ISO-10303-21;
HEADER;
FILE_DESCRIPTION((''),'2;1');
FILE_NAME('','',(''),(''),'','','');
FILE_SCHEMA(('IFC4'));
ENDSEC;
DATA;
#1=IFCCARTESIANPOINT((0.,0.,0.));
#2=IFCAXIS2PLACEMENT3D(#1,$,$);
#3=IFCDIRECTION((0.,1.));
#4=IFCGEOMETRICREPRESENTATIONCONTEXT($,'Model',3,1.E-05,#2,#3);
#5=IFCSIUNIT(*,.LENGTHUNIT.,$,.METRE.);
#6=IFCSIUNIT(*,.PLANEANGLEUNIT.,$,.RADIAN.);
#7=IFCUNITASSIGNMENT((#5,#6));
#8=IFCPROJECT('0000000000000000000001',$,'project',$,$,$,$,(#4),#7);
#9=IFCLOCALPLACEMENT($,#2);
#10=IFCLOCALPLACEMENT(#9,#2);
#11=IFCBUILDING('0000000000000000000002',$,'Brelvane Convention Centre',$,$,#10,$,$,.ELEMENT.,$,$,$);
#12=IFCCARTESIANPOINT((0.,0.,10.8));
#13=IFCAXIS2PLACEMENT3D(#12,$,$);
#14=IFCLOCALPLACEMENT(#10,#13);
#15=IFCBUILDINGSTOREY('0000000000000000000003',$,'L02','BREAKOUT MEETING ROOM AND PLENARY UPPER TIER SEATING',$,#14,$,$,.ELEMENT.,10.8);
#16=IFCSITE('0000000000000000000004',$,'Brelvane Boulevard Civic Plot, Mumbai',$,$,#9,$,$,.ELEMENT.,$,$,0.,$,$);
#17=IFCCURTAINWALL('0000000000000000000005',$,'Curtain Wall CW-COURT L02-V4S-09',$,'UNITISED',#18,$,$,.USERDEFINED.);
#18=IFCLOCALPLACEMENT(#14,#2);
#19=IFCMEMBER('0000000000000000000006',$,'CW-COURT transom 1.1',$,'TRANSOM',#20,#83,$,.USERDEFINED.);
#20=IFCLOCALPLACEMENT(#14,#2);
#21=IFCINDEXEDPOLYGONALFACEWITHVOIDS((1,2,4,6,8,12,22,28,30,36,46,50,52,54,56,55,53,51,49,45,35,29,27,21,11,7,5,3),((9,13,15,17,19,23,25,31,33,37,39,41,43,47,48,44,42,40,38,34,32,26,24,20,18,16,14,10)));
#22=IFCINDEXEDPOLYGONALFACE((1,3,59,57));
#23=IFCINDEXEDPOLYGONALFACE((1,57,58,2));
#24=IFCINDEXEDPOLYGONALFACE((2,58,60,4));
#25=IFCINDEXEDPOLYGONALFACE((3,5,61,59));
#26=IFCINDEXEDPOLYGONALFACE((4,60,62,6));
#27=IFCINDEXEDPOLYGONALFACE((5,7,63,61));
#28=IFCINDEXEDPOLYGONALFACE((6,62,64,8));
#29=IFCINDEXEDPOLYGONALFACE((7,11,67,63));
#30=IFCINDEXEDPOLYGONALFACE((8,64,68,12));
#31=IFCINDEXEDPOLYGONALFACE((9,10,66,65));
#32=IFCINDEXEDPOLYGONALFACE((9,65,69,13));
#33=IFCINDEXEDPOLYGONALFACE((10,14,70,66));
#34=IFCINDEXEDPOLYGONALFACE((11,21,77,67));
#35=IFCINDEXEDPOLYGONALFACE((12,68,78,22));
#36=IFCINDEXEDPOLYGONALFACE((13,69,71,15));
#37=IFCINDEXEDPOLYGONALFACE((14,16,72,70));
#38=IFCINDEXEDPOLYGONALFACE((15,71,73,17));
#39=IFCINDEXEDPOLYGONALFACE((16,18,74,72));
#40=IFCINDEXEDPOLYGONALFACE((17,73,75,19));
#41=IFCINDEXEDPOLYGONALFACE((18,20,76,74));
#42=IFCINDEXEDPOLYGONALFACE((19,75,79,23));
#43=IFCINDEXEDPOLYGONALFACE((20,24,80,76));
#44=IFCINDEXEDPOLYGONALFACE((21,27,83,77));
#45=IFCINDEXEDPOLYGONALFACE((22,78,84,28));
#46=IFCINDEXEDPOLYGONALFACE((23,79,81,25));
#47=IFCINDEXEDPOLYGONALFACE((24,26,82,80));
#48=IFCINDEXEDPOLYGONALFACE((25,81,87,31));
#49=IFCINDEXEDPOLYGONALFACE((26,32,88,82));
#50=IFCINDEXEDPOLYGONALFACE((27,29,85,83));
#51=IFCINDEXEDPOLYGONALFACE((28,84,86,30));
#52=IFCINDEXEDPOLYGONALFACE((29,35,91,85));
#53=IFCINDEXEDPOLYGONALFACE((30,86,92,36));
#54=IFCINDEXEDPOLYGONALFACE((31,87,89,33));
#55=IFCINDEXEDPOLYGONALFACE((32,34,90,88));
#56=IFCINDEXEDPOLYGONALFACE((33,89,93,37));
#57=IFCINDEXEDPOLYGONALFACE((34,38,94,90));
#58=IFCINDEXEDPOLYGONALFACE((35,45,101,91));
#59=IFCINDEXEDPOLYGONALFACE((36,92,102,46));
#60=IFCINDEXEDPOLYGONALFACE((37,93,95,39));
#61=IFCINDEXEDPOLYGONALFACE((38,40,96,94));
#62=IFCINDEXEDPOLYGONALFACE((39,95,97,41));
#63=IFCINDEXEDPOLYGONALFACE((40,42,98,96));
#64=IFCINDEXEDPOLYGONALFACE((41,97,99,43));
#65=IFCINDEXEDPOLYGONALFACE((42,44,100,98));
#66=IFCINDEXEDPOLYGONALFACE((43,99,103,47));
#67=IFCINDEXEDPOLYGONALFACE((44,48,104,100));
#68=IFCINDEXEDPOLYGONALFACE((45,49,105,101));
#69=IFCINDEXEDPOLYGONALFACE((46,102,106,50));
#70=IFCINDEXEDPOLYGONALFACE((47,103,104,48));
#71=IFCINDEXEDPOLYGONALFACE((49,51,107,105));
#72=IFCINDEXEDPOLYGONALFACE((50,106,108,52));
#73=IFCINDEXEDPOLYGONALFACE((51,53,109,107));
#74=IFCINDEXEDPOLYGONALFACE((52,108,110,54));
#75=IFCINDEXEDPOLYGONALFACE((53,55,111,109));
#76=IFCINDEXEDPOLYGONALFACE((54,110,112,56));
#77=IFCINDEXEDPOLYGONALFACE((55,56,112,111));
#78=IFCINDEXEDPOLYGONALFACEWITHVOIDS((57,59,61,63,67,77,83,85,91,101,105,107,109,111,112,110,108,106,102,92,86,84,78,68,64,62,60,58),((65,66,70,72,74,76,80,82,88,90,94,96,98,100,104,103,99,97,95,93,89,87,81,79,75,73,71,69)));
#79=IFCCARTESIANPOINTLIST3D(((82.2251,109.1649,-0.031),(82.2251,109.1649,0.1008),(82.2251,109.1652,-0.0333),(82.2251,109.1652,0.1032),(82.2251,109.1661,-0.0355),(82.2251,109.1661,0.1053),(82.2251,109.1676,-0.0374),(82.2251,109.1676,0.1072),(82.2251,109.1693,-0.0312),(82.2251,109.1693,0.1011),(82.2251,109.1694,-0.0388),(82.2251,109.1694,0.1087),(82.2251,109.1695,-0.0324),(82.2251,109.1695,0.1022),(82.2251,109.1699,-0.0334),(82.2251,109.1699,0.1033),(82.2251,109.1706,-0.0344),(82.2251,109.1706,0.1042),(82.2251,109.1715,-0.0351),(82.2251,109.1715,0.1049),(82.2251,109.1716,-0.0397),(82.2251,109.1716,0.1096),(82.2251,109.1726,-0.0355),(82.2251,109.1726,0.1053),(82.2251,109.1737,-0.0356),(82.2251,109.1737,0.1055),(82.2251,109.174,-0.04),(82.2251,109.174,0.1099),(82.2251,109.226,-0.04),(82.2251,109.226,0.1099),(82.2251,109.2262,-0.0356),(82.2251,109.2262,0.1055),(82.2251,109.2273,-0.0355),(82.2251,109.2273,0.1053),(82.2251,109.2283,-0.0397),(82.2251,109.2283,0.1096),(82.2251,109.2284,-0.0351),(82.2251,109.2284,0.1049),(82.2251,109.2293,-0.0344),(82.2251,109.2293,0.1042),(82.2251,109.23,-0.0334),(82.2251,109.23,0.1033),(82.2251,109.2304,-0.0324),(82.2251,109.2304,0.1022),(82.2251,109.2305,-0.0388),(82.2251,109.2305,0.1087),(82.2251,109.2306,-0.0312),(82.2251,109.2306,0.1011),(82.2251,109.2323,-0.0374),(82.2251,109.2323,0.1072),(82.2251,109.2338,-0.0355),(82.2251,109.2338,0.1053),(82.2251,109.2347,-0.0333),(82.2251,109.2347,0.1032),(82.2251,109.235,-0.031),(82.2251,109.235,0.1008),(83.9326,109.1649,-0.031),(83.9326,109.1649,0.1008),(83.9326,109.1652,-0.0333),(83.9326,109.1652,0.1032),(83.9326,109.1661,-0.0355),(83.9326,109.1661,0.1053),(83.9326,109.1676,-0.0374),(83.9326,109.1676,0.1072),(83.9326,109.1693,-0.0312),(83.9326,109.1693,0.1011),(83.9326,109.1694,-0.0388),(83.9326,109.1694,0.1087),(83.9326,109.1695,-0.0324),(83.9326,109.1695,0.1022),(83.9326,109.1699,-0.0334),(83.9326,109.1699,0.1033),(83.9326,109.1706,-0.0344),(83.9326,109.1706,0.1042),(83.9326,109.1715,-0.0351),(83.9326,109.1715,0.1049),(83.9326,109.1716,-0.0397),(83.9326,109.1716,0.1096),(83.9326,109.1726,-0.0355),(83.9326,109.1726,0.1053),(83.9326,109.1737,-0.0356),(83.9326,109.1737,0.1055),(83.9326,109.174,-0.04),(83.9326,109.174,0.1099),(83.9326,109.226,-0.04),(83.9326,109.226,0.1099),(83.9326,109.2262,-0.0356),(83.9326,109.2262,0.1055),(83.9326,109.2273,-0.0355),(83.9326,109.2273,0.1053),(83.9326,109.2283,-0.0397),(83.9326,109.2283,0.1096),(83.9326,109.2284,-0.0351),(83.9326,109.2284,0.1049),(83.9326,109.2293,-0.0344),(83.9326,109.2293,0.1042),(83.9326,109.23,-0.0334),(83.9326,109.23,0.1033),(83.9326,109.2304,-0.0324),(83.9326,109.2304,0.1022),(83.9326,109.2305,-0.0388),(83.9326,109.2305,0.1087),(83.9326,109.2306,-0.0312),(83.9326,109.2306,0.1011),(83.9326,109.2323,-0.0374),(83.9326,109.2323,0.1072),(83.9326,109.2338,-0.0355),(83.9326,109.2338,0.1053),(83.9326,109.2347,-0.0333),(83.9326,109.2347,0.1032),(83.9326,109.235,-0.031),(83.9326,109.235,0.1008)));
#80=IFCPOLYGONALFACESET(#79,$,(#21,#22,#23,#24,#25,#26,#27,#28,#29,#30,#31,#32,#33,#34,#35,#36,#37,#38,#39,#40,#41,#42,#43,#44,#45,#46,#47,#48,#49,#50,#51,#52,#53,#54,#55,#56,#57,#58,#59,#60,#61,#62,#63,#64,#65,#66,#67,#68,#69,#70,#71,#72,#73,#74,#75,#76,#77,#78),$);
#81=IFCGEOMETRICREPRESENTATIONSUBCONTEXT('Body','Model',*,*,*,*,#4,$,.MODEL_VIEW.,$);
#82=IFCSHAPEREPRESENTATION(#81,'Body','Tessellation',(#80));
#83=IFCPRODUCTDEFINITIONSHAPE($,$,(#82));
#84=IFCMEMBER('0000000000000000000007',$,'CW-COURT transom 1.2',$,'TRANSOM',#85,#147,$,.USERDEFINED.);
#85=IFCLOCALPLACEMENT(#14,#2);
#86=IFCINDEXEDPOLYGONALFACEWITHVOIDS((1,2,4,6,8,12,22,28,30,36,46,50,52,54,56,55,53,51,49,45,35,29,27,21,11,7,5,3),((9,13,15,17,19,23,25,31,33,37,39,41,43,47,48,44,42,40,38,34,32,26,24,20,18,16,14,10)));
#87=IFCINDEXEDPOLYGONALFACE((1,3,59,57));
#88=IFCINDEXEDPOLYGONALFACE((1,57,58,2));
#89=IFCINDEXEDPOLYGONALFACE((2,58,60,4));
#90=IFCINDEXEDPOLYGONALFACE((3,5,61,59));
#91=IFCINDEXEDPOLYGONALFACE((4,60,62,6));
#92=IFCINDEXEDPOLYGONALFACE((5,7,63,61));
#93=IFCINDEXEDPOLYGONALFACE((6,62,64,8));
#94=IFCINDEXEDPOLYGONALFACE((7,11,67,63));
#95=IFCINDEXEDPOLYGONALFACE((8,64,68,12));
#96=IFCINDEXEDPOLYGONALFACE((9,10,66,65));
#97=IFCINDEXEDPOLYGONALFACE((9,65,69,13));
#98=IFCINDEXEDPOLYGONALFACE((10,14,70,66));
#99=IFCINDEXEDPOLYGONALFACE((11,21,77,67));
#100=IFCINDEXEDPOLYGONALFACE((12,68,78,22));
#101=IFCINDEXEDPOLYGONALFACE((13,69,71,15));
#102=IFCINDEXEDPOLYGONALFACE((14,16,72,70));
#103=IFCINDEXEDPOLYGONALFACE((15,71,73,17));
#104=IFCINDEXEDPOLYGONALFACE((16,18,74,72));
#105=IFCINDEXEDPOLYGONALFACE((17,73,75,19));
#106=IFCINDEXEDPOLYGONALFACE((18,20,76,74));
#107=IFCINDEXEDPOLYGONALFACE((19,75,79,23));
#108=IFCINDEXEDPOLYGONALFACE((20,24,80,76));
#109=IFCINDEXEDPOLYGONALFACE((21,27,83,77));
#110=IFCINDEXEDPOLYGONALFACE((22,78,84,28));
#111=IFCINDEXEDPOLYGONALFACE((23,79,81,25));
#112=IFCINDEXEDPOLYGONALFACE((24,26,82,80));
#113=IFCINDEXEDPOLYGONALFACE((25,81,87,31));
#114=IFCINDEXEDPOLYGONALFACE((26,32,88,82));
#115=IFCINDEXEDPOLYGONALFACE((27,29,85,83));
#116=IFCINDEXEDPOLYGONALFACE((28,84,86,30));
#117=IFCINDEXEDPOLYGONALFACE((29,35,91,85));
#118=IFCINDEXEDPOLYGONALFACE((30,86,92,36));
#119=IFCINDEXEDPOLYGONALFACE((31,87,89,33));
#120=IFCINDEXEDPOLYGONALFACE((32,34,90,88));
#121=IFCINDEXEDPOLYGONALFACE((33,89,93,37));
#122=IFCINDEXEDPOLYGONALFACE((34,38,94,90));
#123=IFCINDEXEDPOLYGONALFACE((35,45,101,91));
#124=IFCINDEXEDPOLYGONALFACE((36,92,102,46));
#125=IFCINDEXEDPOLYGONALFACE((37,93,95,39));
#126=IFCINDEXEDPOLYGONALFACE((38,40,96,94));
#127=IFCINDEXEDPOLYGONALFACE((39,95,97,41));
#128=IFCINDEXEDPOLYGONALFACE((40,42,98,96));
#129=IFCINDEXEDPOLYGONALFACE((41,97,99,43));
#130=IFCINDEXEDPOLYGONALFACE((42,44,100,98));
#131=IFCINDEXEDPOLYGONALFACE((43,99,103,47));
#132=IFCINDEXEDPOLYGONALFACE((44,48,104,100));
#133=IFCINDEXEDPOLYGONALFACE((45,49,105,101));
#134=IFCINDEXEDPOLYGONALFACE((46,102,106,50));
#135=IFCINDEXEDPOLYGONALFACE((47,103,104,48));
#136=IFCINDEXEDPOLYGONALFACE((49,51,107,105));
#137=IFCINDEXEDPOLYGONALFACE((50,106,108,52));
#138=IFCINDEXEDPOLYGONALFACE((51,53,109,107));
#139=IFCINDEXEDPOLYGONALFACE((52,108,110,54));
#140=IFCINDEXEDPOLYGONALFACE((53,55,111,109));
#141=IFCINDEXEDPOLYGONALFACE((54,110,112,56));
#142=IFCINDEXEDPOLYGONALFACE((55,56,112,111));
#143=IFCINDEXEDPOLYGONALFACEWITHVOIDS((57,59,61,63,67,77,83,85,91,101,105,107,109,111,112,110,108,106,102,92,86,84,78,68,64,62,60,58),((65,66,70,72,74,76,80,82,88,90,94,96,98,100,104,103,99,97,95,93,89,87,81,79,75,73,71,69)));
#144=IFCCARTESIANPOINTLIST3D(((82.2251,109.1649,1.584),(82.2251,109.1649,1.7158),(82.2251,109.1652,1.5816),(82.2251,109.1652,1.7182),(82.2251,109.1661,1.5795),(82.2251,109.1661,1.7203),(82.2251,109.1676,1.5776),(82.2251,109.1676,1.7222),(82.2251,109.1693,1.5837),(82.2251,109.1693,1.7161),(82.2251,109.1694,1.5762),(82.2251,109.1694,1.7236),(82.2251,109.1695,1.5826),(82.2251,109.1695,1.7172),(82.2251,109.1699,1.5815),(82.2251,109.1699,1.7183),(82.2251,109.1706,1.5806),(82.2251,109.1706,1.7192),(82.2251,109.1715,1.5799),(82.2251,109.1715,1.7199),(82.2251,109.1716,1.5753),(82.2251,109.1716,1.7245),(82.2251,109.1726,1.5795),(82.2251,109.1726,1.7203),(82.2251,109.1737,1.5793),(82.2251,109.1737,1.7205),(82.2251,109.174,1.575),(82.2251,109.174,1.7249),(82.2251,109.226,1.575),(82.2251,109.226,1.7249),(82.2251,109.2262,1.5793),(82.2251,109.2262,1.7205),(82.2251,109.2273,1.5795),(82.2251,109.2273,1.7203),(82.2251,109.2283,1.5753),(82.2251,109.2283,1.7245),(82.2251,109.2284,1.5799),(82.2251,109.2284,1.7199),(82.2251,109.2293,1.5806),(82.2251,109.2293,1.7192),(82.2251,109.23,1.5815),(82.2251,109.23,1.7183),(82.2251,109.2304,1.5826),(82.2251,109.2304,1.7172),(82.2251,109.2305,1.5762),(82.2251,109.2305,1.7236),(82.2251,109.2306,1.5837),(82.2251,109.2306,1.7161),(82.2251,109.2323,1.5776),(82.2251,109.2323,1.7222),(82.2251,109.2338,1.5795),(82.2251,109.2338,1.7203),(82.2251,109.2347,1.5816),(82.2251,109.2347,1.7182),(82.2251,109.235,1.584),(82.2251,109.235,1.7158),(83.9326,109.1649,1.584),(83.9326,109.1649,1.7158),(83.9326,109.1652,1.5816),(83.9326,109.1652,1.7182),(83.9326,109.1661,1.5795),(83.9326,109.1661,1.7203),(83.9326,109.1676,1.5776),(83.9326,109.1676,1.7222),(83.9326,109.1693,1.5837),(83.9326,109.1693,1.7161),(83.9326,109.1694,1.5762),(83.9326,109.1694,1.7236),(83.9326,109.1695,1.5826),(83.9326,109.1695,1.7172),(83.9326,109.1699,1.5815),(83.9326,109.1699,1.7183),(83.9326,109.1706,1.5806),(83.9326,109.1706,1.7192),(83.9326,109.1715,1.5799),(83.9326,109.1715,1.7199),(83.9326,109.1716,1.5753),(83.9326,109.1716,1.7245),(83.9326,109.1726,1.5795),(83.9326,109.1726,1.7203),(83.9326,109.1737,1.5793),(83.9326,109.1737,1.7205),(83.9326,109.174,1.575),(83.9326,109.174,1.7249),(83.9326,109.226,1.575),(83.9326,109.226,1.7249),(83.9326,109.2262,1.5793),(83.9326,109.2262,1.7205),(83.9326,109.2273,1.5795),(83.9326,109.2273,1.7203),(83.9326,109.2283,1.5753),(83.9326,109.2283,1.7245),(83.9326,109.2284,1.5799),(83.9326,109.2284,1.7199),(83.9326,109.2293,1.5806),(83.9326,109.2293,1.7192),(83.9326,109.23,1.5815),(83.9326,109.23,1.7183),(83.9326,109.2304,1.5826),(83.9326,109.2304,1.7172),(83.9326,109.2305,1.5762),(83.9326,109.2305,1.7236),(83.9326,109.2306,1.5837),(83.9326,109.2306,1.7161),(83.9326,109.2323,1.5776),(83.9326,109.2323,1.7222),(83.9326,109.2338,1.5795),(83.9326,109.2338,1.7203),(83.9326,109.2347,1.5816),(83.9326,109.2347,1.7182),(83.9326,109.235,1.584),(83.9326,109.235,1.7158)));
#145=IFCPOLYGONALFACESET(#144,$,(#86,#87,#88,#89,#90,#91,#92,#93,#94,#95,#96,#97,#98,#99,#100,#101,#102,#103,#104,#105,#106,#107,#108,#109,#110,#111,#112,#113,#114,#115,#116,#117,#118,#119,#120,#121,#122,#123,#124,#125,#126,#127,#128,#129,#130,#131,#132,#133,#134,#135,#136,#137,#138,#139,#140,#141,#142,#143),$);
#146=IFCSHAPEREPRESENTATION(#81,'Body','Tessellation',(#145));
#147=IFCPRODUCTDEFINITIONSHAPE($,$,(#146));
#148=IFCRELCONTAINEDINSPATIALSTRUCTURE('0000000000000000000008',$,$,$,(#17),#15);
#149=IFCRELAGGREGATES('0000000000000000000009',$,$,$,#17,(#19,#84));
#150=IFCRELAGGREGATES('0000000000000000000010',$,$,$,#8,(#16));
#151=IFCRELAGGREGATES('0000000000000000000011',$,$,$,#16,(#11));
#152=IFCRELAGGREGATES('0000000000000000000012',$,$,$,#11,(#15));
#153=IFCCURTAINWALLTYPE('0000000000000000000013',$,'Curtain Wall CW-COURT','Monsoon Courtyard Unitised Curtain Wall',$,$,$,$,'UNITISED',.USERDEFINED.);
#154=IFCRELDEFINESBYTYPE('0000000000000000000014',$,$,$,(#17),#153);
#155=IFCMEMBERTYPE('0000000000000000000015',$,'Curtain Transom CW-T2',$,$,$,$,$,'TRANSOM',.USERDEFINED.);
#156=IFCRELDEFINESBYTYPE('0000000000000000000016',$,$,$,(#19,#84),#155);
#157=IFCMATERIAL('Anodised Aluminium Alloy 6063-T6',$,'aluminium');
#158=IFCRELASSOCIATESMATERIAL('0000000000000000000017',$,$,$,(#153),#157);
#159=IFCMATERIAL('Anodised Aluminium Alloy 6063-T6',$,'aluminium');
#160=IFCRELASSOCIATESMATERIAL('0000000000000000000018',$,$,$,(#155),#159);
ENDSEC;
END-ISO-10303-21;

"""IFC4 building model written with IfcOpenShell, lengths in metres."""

from ifc_helpers import new_model, si_unit, direction, frame, origin, origin_2d, place, context, subcontext, project, spatial, hollow_rectangle, extrude, material, material_profile, profile_set, type_object, element, aggregate, save


model = new_model("IFC4")

# Units and contexts
model_context = context("Model", 3, precision=1e-05, world=origin(), true_north=direction((0.0, 1.0)))
body_context = subcontext(model_context, "Body", "Model", "MODEL_VIEW")
ifc_project = project(units=[si_unit("LENGTHUNIT", "METRE"), si_unit("PLANEANGLEUNIT", "RADIAN")], contexts=[model_context])

# Site, building, storey
site_placement = place(None, origin())
site = spatial("IfcSite", under=ifc_project, at=site_placement, Name="Brelvane Boulevard Civic Plot, Mumbai", CompositionType="ELEMENT", RefElevation=0.0)
building_placement = place(site_placement, origin())
building = spatial("IfcBuilding", under=site, at=building_placement, Name="Brelvane Convention Centre", CompositionType="ELEMENT")
storey_placement = place(building_placement, frame((0.0, 0.0, 10.8)))
storey = spatial("IfcBuildingStorey", under=building, at=storey_placement, Name="L02", Description="BREAKOUT MEETING ROOM AND PLENARY UPPER TIER SEATING", CompositionType="ELEMENT", Elevation=10.8)

# Curtain wall, members
ifc_material_1 = material(Name="Anodised Aluminium Alloy 6063-T6", Category="aluminium")
curtain_wall_type = type_object("IfcCurtainWallType", Name="Curtain Wall CW-COURT", Description="Monsoon Courtyard Unitised Curtain Wall", ElementType="UNITISED", PredefinedType="USERDEFINED", material=ifc_material_1)
curtain_wall_placement = place(storey_placement, origin())
curtain_wall = element("IfcCurtainWall", 1, at=curtain_wall_placement, inside=storey, type_object=curtain_wall_type, Name="Curtain Wall CW-COURT L02-V4S-09", ObjectType="UNITISED", PredefinedType="USERDEFINED")
ifc_material_2 = material(Name="Anodised Aluminium Alloy 6063-T6", Category="aluminium")
ifc_material_profile_1 = material_profile(ifc_material_2, hollow_rectangle(XDim=0.0701, YDim=0.1499, WallThickness=0.0044, InnerFilletRadius=0.0044, OuterFilletRadius=0.009, at=origin_2d()), Name="ALU-T 150x70x4.5")
ifc_profile_set_1 = profile_set([ifc_material_profile_1], Name="Anodised Aluminium Alloy 6063-T6")
member_type_1 = type_object("IfcMemberType", Name="Curtain Transom CW-T2", ElementType="TRANSOM", PredefinedType="USERDEFINED", material=ifc_profile_set_1)
member_1_placement = place(storey_placement, frame((82.2251, 109.2, 0.0349), z_axis=(1.0, 0.0, 0.0), x_axis=(0.0, 1.0, 0.0)))
member_1 = element("IfcMember", 2, at=member_1_placement, type_object=member_type_1, Name="CW-COURT transom 1.1", ObjectType="TRANSOM", PredefinedType="USERDEFINED", context=body_context, shape_type="SweptSolid", body=[
    extrude(hollow_rectangle(XDim=0.0701, YDim=0.1499, WallThickness=0.0044, InnerFilletRadius=0.0044, OuterFilletRadius=0.009, at=origin_2d()), origin(), (0.0, 0.0, 1.0), 1.7075),
])
member_2_placement = place(storey_placement, frame((82.2251, 109.2, 1.6499), z_axis=(1.0, 0.0, 0.0), x_axis=(0.0, 1.0, 0.0)))
member_2 = element("IfcMember", 3, at=member_2_placement, type_object=member_type_1, Name="CW-COURT transom 1.2", ObjectType="TRANSOM", PredefinedType="USERDEFINED", context=body_context, shape_type="SweptSolid", body=[
    extrude(hollow_rectangle(XDim=0.0701, YDim=0.1499, WallThickness=0.0044, InnerFilletRadius=0.0044, OuterFilletRadius=0.009, at=origin_2d()), origin(), (0.0, 0.0, 1.0), 1.7075),
])

aggregate(curtain_wall, [member_1, member_2])

save(model, "model.ifc")
